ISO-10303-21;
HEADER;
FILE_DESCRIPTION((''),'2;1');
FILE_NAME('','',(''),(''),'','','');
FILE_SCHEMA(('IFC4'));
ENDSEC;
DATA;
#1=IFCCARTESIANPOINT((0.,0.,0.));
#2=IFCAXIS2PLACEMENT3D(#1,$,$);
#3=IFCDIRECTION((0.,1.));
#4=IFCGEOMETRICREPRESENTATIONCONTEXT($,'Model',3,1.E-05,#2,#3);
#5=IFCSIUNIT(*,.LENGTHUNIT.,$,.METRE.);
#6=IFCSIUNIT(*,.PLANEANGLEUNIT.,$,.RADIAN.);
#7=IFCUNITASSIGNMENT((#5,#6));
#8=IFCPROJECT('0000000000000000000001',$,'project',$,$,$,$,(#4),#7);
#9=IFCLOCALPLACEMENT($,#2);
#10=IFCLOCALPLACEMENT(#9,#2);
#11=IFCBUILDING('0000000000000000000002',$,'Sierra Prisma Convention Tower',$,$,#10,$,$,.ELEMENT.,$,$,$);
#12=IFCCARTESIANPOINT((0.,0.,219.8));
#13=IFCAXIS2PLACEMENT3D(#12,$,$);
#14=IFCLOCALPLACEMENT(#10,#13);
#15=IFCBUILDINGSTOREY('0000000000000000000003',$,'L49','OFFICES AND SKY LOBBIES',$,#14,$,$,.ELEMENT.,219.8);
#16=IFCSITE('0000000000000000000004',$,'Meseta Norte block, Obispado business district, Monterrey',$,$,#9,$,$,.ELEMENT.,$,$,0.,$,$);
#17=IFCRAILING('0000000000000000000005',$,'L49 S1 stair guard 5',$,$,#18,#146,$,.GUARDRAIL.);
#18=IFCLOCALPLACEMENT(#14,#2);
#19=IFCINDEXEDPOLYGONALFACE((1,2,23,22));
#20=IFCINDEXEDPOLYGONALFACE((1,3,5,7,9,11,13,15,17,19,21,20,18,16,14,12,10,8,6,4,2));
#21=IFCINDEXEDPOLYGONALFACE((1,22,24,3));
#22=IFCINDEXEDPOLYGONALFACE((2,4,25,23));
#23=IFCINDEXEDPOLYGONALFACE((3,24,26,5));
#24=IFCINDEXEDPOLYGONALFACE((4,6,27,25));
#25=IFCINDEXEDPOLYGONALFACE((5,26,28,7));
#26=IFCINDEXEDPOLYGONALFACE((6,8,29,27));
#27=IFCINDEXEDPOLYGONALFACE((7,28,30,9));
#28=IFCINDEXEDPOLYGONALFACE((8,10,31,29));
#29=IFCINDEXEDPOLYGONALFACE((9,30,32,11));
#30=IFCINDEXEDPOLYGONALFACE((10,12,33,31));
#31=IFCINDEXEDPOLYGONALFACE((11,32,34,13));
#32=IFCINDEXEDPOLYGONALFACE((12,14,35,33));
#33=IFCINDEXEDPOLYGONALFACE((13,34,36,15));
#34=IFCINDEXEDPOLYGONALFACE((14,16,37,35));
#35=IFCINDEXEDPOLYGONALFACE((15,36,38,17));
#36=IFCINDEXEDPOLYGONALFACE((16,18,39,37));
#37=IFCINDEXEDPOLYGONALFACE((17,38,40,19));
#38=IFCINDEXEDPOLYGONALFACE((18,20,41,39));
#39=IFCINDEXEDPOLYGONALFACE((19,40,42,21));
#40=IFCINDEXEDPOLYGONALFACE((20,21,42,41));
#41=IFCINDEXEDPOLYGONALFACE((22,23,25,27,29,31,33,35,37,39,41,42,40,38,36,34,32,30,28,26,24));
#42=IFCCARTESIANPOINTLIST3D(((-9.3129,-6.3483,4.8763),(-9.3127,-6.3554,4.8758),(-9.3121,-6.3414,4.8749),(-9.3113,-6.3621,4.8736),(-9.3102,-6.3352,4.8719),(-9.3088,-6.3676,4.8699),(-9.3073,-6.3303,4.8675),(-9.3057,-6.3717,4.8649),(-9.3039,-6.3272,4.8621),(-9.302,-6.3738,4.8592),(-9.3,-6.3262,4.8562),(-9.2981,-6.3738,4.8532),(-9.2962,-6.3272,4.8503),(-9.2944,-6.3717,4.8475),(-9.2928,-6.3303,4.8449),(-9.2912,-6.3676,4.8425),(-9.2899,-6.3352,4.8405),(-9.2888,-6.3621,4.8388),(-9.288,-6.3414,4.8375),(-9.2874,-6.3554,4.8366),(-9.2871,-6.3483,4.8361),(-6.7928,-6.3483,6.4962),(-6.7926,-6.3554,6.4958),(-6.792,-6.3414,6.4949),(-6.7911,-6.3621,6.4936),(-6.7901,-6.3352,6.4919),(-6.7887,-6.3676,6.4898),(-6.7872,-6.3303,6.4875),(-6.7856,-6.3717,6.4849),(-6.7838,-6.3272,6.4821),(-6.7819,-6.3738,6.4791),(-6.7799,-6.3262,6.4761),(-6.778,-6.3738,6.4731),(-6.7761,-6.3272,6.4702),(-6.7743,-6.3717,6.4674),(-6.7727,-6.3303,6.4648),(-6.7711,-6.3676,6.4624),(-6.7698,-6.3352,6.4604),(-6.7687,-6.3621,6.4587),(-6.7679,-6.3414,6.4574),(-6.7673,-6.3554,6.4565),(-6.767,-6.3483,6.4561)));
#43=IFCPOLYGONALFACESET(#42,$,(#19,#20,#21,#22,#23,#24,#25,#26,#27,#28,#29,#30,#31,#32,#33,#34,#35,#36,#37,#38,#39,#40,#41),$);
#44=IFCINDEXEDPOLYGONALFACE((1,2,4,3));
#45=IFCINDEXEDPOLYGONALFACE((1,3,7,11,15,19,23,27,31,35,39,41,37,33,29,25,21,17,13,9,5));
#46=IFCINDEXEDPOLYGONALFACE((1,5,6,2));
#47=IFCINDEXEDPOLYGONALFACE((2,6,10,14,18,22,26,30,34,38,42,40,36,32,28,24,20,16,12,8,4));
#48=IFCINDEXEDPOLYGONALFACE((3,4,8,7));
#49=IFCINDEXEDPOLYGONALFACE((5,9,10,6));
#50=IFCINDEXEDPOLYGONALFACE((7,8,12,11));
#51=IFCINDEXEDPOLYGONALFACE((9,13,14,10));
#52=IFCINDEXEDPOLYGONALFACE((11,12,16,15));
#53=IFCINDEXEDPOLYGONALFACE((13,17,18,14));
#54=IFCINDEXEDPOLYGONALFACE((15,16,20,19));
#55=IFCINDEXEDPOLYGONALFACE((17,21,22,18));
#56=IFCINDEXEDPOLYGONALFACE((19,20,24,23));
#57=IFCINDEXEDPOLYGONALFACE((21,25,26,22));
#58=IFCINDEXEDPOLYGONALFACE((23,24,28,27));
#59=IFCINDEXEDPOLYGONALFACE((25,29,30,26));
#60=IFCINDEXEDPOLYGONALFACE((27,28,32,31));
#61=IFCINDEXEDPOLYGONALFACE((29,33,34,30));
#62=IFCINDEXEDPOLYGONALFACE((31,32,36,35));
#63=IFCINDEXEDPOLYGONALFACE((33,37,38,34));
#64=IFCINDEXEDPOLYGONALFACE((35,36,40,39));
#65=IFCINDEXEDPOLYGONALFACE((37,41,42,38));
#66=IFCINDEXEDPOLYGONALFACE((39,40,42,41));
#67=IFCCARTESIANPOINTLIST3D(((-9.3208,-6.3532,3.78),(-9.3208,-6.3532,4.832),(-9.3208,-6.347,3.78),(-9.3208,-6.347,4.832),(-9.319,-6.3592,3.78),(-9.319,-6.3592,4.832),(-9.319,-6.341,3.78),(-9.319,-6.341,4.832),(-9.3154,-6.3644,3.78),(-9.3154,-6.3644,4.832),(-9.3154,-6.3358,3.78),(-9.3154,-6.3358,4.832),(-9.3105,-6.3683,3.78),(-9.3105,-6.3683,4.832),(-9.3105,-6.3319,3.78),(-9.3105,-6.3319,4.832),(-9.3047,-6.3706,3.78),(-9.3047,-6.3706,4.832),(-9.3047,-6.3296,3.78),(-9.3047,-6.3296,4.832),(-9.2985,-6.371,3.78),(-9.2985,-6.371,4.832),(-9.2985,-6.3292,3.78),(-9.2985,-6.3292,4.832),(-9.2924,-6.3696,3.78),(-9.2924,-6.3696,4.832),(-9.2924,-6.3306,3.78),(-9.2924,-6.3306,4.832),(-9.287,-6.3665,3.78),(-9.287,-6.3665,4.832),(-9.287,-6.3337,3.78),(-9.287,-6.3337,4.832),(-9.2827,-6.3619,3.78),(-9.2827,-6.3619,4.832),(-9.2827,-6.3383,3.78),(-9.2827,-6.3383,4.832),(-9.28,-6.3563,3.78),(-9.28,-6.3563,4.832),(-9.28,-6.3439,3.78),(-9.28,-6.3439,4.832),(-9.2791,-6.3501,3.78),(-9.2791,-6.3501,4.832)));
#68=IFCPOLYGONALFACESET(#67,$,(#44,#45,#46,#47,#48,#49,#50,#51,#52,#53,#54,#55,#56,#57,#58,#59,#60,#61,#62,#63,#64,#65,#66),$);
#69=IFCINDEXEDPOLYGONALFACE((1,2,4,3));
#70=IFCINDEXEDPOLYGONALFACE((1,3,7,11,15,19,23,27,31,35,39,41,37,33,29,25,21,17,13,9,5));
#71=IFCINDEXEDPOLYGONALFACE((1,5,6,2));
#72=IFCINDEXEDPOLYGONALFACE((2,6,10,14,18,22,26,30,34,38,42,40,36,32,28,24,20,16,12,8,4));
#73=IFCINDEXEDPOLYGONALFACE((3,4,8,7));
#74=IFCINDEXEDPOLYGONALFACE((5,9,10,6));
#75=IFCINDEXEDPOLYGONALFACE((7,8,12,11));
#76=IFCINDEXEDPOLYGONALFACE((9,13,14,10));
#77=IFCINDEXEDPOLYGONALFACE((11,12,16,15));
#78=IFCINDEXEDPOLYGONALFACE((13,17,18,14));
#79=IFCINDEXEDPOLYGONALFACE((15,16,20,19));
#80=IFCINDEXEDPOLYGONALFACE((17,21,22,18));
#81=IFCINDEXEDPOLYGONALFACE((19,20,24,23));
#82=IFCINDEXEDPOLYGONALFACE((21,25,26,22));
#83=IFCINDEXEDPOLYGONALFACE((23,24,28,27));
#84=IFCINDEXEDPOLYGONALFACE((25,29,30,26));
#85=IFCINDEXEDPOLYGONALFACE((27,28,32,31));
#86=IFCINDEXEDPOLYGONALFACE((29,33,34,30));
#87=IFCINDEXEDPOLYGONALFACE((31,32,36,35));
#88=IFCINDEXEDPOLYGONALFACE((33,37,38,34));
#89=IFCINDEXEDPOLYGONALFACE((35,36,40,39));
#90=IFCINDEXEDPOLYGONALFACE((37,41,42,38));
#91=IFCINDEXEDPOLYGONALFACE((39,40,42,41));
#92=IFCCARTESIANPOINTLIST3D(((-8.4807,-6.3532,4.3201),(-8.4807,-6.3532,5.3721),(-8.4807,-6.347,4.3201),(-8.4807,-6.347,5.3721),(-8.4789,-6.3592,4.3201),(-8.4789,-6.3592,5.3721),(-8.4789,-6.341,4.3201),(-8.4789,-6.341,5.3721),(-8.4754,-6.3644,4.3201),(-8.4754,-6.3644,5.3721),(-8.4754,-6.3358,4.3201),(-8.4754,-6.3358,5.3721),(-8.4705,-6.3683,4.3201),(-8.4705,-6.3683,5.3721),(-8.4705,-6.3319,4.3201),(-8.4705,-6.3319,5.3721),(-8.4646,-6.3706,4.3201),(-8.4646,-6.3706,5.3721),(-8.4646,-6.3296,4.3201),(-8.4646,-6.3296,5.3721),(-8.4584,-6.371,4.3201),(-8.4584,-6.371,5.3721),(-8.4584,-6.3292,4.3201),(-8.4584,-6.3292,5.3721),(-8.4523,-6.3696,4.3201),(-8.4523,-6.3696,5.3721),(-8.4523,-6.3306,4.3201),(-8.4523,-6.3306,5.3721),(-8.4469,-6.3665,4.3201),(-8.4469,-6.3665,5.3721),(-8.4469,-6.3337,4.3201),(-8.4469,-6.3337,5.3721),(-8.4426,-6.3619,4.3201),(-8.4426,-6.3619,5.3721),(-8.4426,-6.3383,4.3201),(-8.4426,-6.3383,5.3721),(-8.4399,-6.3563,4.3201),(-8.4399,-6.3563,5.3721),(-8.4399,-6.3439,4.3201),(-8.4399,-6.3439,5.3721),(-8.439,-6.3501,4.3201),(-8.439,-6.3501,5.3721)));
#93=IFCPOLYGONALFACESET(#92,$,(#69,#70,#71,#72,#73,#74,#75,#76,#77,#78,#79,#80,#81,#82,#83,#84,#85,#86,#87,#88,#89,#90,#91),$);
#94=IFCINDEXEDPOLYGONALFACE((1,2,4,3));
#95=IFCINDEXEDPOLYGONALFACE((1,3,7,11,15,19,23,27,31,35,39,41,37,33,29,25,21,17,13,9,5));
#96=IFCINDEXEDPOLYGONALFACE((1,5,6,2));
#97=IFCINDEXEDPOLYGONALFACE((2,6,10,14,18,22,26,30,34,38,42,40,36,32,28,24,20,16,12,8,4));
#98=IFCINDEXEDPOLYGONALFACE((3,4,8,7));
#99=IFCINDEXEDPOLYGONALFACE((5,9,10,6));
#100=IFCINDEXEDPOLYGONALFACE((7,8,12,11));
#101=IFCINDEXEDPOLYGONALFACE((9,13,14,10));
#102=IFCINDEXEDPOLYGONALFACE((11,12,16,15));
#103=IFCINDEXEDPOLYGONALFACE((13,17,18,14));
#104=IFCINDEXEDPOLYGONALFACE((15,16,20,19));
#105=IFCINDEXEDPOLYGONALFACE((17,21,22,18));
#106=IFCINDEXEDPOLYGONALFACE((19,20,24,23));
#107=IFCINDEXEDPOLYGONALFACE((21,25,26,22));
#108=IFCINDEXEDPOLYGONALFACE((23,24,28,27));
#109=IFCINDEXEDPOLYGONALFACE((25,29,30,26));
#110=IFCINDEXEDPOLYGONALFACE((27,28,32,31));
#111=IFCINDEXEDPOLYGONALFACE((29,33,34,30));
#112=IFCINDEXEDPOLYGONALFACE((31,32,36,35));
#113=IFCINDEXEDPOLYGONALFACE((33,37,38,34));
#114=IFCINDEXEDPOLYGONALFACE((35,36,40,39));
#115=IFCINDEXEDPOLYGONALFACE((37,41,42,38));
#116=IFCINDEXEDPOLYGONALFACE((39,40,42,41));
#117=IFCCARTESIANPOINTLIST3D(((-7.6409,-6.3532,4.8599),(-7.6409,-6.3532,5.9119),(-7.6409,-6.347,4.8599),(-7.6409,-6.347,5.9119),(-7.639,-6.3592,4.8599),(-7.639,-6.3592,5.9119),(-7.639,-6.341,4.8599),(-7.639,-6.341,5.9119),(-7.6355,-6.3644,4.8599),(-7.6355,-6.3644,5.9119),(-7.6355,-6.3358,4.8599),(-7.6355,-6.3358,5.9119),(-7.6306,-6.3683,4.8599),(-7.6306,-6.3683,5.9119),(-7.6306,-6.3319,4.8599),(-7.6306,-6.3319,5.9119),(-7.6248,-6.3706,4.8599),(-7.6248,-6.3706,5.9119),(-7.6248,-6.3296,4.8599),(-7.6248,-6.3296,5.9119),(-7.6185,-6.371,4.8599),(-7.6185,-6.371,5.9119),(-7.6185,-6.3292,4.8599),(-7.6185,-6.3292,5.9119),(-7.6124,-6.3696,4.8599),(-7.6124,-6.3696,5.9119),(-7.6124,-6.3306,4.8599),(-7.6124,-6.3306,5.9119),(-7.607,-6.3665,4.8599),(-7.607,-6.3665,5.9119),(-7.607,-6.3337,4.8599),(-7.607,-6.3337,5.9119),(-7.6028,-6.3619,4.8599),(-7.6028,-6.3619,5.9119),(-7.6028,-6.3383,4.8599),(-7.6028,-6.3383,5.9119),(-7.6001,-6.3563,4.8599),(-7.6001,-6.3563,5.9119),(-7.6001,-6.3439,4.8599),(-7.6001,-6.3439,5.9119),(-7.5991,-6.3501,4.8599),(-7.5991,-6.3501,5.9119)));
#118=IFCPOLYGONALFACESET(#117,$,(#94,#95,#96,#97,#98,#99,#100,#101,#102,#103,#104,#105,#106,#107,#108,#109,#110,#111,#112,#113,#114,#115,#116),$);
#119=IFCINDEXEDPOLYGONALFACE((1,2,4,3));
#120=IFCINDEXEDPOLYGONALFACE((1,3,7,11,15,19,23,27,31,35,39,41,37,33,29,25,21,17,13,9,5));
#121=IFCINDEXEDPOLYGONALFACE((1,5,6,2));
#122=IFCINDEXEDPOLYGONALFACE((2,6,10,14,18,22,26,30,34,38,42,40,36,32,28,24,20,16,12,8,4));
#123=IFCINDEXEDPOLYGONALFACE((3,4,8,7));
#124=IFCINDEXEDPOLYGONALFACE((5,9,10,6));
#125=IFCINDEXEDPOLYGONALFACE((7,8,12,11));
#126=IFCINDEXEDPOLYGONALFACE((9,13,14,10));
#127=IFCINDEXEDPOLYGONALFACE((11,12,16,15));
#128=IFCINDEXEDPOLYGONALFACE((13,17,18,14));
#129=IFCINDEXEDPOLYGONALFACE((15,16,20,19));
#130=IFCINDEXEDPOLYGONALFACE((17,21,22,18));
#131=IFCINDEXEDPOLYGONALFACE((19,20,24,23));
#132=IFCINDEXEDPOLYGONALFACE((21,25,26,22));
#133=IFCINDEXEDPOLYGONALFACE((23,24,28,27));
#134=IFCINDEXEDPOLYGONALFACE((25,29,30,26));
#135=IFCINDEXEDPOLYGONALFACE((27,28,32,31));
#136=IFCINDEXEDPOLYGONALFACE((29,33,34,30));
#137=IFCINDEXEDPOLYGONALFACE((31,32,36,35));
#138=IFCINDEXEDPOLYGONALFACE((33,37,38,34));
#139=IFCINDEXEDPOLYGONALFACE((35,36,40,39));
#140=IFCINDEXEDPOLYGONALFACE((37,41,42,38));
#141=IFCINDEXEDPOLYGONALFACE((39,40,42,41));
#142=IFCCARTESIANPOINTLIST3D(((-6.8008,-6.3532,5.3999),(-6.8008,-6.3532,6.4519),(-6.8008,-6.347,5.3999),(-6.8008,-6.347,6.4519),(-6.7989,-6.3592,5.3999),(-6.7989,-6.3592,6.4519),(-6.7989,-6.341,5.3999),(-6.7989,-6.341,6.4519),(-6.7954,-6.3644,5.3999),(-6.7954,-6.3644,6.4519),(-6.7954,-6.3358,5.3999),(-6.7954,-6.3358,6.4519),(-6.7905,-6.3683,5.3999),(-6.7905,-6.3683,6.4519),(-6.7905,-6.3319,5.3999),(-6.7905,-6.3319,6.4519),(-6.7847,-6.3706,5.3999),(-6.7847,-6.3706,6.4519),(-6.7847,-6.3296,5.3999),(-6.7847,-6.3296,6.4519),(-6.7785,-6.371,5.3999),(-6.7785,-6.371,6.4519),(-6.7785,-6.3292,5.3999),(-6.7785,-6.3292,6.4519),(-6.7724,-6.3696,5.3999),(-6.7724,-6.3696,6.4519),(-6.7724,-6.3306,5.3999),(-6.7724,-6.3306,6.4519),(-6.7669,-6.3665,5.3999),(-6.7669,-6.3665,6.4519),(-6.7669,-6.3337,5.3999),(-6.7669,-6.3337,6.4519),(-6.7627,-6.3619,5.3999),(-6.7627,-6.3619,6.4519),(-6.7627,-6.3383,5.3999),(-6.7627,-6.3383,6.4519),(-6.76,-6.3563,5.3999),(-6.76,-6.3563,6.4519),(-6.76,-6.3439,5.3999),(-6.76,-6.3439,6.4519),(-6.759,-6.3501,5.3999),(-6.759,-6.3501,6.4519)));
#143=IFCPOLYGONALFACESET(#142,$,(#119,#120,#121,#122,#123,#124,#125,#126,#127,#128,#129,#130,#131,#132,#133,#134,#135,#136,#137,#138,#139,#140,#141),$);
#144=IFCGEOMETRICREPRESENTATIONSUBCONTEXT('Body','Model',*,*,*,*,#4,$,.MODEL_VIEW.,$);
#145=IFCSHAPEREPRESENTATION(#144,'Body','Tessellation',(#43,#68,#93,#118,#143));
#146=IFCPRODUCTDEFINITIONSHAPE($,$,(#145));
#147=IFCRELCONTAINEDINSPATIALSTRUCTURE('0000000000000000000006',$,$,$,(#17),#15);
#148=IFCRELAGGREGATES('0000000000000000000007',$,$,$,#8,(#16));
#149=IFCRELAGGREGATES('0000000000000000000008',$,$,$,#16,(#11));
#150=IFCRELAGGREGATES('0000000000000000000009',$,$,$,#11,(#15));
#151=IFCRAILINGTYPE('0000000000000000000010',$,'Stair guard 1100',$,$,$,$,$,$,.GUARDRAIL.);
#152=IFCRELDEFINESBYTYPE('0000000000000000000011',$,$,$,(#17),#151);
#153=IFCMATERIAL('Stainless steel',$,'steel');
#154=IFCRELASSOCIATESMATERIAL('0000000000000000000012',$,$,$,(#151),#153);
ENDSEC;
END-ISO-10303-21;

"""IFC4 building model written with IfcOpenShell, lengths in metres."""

from ifc_helpers import new_model, si_unit, direction, frame, origin, origin_2d, place, context, subcontext, project, spatial, circle, extrude, material, type_object, element, save


model = new_model("IFC4")

# Units and contexts
model_context = context("Model", 3, precision=1e-05, world=origin(), true_north=direction((0.0, 1.0)))
body_context = subcontext(model_context, "Body", "Model", "MODEL_VIEW")
ifc_project = project(units=[si_unit("LENGTHUNIT", "METRE"), si_unit("PLANEANGLEUNIT", "RADIAN")], contexts=[model_context])

# Site, building, storey
site_placement = place(None, origin())
site = spatial("IfcSite", under=ifc_project, at=site_placement, Name="Meseta Norte block, Obispado business district, Monterrey", CompositionType="ELEMENT", RefElevation=0.0)
building_placement = place(site_placement, origin())
building = spatial("IfcBuilding", under=site, at=building_placement, Name="Sierra Prisma Convention Tower", CompositionType="ELEMENT")
storey_placement = place(building_placement, frame((0.0, 0.0, 219.8)))
storey = spatial("IfcBuildingStorey", under=building, at=storey_placement, Name="L49", Description="OFFICES AND SKY LOBBIES", CompositionType="ELEMENT", Elevation=219.8)

# Railing
ifc_material_1 = material(Name="Stainless steel", Category="steel")
railing_type_1 = type_object("IfcRailingType", Name="Stair guard 1100", PredefinedType="GUARDRAIL", material=ifc_material_1)
railing_1_placement = place(storey_placement, frame((-9.3, -6.3501, 3.78)))
element("IfcRailing", 1, at=railing_1_placement, inside=storey, type_object=railing_type_1, Name="L49 S1 stair guard 5", PredefinedType="GUARDRAIL", context=body_context, shape_type="SweptSolid", body=[
    extrude(circle(Radius=0.0239, at=origin_2d()), frame((0.0, 0.0, 1.0762), z_axis=(0.8412, 0.0, 0.540725), x_axis=(0.0, 1.0, 0.0)), (0.0, 0.0, 1.0), 2.9958),
    extrude(circle(Radius=0.021, at=origin_2d()), origin(), (0.0, 0.0, 1.0), 1.052),
    extrude(circle(Radius=0.021, at=origin_2d()), frame((0.8401, 0.0, 0.54)), (0.0, 0.0, 1.0), 1.052),
    extrude(circle(Radius=0.021, at=origin_2d()), frame((1.6799, 0.0, 1.0798)), (0.0, 0.0, 1.0), 1.052),
    extrude(circle(Radius=0.021, at=origin_2d()), frame((2.52, 0.0, 1.6199)), (0.0, 0.0, 1.0), 1.052),
])

save(model, "model.ifc")
